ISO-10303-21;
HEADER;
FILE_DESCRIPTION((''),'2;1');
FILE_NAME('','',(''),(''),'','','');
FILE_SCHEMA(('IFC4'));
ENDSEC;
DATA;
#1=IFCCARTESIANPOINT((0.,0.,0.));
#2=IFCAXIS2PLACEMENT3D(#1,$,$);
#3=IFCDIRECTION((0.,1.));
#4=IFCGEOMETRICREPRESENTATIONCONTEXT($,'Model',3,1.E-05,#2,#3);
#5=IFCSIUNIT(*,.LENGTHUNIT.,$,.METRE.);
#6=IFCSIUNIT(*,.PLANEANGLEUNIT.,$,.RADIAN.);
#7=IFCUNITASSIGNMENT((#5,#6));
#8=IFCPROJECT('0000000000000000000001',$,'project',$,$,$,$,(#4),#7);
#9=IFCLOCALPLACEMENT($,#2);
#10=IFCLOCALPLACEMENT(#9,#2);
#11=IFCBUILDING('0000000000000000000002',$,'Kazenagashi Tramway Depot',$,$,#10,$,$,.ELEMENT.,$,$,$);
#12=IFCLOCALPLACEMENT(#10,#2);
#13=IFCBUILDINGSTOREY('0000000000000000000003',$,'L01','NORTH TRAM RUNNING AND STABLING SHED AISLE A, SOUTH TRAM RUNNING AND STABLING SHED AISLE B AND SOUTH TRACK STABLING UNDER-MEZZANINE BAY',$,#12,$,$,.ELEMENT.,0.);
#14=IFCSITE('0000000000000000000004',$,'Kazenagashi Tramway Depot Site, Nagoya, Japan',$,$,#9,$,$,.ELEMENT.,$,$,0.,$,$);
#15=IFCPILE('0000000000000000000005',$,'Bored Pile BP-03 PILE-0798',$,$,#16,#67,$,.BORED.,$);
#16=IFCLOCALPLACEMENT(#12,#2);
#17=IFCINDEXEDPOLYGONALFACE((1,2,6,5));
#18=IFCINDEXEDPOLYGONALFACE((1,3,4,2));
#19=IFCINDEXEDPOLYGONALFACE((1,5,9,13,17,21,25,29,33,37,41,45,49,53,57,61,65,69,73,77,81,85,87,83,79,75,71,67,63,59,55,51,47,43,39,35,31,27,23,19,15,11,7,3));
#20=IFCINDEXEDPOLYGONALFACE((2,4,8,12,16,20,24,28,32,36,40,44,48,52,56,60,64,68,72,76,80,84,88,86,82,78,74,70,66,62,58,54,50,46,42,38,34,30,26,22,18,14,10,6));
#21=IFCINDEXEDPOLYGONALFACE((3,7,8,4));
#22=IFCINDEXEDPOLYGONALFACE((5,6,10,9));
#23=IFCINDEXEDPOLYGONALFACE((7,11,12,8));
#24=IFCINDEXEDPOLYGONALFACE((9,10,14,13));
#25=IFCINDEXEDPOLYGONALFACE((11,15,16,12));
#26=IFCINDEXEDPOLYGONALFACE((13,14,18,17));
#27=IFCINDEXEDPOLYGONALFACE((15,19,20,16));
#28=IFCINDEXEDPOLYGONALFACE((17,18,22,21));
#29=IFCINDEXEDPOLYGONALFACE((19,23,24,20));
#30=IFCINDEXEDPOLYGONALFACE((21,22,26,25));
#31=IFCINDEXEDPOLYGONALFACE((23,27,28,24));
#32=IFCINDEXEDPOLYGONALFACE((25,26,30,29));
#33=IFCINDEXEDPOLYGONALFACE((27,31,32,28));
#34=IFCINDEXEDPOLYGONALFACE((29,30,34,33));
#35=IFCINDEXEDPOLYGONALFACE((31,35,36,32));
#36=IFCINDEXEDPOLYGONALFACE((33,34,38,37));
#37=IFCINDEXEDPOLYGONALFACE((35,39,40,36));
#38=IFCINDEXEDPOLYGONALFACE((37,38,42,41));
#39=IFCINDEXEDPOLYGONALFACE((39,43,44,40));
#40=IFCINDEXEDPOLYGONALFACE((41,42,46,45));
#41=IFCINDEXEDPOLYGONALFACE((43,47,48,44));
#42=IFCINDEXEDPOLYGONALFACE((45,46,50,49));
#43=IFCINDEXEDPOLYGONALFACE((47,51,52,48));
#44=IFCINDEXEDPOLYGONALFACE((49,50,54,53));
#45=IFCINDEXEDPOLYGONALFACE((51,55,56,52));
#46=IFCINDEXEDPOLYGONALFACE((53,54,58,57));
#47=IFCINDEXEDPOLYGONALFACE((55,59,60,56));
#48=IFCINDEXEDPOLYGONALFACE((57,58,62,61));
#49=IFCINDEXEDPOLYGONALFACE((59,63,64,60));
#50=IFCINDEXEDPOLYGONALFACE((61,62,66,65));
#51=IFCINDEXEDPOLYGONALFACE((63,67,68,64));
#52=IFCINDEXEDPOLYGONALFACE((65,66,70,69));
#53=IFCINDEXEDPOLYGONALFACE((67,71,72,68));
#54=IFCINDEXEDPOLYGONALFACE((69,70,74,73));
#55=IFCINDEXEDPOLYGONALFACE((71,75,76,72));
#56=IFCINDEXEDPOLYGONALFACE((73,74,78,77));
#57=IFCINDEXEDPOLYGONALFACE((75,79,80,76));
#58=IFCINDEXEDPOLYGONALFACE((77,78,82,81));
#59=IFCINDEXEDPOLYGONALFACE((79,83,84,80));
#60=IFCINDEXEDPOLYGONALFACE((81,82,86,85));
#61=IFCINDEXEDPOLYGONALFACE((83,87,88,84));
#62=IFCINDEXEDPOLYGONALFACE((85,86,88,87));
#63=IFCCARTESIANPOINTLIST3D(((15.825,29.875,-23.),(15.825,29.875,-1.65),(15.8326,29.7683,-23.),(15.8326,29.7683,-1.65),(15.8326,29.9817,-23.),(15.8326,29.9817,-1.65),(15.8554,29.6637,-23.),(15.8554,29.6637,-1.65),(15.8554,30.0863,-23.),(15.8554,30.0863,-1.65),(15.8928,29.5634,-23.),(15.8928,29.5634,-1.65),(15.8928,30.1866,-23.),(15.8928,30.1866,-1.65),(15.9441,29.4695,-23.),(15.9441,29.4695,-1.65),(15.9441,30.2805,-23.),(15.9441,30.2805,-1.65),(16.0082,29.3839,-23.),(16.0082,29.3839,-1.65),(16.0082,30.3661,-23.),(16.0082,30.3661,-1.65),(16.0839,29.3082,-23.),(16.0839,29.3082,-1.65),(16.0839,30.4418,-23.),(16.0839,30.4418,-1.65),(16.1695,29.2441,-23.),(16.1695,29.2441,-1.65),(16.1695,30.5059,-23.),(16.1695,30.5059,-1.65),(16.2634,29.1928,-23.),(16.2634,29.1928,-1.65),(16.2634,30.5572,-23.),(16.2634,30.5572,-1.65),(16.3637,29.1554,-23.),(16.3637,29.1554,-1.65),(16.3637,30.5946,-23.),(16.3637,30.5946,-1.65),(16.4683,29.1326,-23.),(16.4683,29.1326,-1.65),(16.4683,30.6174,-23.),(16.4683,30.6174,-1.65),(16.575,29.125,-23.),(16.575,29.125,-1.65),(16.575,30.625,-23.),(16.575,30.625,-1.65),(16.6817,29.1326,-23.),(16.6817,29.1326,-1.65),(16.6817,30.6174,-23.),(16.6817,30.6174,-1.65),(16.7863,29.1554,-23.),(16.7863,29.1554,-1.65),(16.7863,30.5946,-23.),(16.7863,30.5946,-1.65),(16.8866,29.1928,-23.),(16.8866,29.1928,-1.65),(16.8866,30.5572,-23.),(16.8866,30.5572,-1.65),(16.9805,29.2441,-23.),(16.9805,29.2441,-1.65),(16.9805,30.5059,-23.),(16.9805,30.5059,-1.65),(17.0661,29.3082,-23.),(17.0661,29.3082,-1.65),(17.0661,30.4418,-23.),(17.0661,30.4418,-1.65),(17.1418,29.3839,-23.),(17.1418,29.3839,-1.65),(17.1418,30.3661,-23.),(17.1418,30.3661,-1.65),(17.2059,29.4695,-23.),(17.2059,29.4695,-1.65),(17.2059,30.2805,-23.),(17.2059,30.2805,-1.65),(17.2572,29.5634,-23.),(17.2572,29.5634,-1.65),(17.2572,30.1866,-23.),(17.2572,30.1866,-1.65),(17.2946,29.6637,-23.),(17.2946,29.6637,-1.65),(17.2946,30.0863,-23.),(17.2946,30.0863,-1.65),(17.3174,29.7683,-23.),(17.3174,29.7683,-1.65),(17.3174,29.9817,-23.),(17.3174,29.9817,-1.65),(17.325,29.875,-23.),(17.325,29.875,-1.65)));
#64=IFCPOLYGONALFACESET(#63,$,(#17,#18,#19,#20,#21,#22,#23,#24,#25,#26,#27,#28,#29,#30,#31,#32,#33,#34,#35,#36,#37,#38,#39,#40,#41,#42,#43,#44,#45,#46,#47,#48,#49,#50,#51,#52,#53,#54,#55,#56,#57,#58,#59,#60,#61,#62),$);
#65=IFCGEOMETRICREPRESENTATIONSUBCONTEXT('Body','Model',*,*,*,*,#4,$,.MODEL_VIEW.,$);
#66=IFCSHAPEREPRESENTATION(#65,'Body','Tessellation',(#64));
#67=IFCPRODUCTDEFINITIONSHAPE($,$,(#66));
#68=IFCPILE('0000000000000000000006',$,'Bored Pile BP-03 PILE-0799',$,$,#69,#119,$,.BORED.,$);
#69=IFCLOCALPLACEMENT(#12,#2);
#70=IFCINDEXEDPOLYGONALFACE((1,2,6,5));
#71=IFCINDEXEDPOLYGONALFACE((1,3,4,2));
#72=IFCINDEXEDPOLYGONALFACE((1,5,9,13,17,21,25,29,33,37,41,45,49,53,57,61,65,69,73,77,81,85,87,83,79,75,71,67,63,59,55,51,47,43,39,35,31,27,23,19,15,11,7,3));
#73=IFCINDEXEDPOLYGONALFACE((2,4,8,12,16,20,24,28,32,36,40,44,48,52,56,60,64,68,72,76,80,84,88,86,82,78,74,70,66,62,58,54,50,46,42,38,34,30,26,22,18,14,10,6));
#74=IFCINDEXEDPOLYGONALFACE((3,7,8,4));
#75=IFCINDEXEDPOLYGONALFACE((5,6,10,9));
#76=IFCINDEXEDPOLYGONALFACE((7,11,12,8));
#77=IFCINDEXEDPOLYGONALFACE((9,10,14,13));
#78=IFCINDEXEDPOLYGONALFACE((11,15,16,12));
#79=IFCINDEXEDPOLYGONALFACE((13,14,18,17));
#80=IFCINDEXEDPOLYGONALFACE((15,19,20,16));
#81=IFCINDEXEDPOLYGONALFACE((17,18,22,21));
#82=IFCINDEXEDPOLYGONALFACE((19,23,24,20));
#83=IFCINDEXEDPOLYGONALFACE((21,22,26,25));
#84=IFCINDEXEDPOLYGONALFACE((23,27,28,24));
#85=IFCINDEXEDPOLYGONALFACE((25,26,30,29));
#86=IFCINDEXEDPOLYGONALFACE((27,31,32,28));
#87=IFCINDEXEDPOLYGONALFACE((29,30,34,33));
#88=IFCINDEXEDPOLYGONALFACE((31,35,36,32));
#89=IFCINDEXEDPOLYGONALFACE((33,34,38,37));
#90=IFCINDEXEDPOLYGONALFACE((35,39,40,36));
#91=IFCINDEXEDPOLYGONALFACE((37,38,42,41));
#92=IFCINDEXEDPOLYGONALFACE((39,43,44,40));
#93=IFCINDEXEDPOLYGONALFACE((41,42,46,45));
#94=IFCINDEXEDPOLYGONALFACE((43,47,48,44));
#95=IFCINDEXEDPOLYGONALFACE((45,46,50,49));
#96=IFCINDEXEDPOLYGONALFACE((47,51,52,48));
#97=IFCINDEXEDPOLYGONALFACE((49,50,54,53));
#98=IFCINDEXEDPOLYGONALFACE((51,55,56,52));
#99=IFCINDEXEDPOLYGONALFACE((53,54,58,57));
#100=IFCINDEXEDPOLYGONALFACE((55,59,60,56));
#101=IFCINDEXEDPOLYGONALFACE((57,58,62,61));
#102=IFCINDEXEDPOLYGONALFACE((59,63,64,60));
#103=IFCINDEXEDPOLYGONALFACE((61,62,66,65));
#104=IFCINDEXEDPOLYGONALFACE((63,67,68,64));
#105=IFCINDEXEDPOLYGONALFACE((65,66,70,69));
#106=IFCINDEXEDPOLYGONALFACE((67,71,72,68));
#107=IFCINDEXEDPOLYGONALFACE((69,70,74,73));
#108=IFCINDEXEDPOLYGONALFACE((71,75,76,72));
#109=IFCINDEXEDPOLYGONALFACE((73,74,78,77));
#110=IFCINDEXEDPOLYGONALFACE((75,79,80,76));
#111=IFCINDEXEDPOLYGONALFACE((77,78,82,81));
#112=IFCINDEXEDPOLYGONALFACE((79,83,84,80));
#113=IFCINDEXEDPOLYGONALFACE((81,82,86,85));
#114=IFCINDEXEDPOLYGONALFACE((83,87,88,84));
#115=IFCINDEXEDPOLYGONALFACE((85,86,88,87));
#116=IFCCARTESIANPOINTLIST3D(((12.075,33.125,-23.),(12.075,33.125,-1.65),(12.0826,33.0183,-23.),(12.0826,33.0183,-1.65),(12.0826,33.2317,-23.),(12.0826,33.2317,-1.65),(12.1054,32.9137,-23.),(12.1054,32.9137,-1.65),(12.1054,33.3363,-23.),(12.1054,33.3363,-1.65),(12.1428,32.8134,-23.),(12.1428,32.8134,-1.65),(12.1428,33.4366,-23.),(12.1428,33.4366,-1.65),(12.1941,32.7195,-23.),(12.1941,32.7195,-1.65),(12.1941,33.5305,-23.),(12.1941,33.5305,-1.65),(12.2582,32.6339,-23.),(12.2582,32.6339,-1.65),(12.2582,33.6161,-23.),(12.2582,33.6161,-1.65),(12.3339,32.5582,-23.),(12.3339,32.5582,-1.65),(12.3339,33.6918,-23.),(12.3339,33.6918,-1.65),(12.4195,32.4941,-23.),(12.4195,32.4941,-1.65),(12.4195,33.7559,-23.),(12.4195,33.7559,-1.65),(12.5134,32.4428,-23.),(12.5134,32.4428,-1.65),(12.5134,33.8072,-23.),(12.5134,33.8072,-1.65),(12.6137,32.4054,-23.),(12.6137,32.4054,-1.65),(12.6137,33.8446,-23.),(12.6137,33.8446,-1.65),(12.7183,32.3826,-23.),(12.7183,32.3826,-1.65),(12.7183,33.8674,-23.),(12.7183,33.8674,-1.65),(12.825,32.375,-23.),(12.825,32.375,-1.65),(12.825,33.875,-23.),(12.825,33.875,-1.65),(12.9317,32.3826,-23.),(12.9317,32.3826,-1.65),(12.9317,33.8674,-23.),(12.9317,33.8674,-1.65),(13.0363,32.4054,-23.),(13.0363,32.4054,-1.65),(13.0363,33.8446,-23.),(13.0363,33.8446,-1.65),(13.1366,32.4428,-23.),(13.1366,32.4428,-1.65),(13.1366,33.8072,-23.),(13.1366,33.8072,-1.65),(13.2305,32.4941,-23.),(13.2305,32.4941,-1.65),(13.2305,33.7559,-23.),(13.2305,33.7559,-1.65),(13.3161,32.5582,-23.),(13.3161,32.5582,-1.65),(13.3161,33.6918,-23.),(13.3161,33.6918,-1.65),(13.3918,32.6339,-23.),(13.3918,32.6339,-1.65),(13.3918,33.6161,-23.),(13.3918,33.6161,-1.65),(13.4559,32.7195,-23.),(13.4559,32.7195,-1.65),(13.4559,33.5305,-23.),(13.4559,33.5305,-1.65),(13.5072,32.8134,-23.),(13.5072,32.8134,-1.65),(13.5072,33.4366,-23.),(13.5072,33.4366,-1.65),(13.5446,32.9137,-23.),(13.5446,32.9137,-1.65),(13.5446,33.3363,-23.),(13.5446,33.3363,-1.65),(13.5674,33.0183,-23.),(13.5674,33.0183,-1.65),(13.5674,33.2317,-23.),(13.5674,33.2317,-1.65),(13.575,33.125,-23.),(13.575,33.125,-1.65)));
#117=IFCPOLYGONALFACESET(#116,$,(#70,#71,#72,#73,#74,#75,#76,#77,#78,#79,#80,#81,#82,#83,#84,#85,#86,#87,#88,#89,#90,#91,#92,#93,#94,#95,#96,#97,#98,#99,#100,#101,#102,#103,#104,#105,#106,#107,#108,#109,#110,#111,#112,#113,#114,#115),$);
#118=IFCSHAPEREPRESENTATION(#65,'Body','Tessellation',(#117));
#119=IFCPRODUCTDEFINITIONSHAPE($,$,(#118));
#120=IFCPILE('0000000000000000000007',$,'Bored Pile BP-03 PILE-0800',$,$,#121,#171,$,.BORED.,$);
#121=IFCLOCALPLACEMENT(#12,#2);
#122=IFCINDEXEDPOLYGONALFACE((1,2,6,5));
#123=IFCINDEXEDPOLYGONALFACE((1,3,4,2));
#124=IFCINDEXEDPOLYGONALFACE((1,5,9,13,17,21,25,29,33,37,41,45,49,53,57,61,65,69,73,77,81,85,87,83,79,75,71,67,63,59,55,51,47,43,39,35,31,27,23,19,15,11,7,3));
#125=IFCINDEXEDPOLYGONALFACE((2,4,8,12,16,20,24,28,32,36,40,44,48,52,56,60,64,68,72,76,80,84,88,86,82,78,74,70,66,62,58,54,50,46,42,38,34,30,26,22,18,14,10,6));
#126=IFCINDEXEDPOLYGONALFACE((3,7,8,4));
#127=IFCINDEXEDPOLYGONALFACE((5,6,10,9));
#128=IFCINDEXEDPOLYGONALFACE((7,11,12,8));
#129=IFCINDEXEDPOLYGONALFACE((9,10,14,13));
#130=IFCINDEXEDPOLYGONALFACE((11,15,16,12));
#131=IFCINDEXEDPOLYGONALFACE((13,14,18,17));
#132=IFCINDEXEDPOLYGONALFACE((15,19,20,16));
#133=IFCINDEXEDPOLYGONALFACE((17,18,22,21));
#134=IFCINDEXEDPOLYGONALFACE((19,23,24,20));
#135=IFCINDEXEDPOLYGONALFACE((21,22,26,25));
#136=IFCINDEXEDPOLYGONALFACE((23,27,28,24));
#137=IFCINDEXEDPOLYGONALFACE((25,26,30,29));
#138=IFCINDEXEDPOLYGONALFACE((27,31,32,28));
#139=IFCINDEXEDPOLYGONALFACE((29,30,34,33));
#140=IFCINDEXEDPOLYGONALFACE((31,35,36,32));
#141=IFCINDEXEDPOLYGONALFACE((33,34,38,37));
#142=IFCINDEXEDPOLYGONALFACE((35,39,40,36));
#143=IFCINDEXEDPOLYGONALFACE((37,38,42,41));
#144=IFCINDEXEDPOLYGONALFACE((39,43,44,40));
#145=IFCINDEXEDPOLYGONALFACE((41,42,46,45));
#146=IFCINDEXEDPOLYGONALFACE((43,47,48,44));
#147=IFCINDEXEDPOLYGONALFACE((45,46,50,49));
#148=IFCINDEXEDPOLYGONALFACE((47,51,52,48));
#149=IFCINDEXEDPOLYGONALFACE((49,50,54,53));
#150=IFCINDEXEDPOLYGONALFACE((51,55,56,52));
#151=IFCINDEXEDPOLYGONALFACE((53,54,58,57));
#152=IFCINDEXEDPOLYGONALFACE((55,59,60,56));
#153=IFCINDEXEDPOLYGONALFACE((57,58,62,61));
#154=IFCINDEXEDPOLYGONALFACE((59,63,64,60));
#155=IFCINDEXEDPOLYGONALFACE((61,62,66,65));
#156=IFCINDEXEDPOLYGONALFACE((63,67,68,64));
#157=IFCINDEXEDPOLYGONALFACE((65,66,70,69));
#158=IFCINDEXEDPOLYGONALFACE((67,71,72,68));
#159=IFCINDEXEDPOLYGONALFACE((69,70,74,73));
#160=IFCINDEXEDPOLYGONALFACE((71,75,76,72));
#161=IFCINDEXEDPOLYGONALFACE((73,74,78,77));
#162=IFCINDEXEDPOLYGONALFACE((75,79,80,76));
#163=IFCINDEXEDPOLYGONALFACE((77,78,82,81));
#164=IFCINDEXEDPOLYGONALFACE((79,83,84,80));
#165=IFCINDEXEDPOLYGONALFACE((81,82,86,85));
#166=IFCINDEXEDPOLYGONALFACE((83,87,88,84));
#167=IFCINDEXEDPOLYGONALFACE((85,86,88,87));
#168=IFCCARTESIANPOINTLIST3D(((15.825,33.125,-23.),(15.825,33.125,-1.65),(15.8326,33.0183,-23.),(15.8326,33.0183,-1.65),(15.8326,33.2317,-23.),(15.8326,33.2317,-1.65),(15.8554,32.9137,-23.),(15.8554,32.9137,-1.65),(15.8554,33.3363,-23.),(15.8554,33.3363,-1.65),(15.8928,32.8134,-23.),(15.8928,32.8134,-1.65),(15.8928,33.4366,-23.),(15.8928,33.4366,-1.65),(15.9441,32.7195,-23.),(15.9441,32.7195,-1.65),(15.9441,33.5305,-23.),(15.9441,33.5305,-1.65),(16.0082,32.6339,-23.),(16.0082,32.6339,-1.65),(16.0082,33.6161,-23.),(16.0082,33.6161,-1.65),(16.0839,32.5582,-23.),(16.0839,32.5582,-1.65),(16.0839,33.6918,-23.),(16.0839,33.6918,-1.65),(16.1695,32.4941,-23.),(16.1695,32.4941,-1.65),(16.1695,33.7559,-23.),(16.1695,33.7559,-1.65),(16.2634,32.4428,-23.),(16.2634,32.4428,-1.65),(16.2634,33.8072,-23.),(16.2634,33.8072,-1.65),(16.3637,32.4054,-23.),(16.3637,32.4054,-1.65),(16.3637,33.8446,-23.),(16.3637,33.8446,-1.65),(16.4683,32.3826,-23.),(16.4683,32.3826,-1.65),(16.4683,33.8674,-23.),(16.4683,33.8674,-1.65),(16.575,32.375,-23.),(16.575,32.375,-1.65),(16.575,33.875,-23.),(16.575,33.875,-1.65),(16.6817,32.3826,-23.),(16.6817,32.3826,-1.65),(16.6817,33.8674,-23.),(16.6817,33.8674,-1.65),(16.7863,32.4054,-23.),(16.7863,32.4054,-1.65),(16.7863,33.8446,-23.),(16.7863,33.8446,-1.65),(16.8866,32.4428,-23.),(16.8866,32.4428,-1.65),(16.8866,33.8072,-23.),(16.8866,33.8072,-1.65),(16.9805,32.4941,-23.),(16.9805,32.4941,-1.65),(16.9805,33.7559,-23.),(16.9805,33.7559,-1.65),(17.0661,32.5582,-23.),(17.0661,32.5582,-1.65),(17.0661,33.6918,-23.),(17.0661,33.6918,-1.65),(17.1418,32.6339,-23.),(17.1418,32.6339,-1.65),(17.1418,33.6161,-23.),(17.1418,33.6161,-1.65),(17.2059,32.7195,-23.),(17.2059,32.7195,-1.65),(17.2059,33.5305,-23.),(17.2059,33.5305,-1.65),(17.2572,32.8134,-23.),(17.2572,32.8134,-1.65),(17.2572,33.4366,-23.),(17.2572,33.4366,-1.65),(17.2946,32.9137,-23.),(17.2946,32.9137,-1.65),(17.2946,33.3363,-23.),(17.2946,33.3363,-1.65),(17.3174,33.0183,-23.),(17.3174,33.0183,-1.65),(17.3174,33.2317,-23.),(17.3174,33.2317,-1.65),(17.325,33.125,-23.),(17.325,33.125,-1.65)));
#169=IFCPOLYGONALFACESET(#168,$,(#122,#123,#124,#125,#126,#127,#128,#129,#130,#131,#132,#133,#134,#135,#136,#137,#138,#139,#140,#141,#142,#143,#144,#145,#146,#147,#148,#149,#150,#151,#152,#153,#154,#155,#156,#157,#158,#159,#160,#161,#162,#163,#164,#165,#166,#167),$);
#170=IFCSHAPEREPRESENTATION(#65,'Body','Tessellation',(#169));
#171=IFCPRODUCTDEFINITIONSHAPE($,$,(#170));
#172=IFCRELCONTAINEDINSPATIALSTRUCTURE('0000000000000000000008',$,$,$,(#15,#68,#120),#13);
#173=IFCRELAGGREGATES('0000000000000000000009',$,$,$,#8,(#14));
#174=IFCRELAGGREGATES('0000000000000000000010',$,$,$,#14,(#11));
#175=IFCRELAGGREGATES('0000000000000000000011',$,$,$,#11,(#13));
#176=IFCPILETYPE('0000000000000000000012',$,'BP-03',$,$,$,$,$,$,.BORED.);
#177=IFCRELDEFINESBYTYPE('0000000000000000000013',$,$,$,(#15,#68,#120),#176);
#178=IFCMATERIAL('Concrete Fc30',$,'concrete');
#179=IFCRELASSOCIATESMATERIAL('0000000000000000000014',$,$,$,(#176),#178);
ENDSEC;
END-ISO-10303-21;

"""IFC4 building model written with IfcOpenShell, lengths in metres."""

from ifc_helpers import new_model, si_unit, direction, frame, origin, origin_2d, place, context, subcontext, project, spatial, circle, extrude, material, material_profile, profile_set, type_object, element, save


model = new_model("IFC4")

# Units and contexts
model_context = context("Model", 3, precision=1e-05, world=origin(), true_north=direction((0.0, 1.0)))
body_context = subcontext(model_context, "Body", "Model", "MODEL_VIEW")
ifc_project = project(units=[si_unit("LENGTHUNIT", "METRE"), si_unit("PLANEANGLEUNIT", "RADIAN")], contexts=[model_context])

# Site, building, storey
site_placement = place(None, origin())
site = spatial("IfcSite", under=ifc_project, at=site_placement, Name="Kazenagashi Tramway Depot Site, Nagoya, Japan", CompositionType="ELEMENT", RefElevation=0.0)
building_placement = place(site_placement, origin())
building = spatial("IfcBuilding", under=site, at=building_placement, Name="Kazenagashi Tramway Depot", CompositionType="ELEMENT")
storey_placement = place(building_placement, origin())
storey = spatial("IfcBuildingStorey", under=building, at=storey_placement, Name="L01", Description="NORTH TRAM RUNNING AND STABLING SHED AISLE A, SOUTH TRAM RUNNING AND STABLING SHED AISLE B AND SOUTH TRACK STABLING UNDER-MEZZANINE BAY", CompositionType="ELEMENT", Elevation=0.0)

# Piles
ifc_material_1 = material(Name="Concrete Fc30", Category="concrete")
ifc_material_profile_1 = material_profile(ifc_material_1, circle(Radius=0.75, at=origin_2d()), Name="PILE-1500")
ifc_profile_set_1 = profile_set([ifc_material_profile_1], Name="Concrete Fc30")
pile_type = type_object("IfcPileType", Name="BP-03", PredefinedType="BORED", material=ifc_profile_set_1)
for number, where, z_axis, x_axis, name in (
    (1, (16.575, 29.875, -1.65), (0.0, 0.0, -1.0), (1.0, 0.0, 0.0), "Bored Pile BP-03 PILE-0798"),
    (2, (12.825, 33.125, -1.65), (0.0, 0.0, -1.0), (1.0, 0.0, 0.0), "Bored Pile BP-03 PILE-0799"),
    (3, (16.575, 33.125, -1.65), (0.0, 0.0, -1.0), (1.0, 0.0, 0.0), "Bored Pile BP-03 PILE-0800"),
):
    element("IfcPile", number, at=place(storey_placement, frame(where, z_axis=z_axis, x_axis=x_axis)), inside=storey, type_object=pile_type, Name=name, PredefinedType="BORED", context=body_context, shape_type="SweptSolid", body=[
        extrude(circle(Radius=0.75, at=origin_2d()), origin(), (0.0, 0.0, 1.0), 21.35),
    ])

save(model, "model.ifc")
